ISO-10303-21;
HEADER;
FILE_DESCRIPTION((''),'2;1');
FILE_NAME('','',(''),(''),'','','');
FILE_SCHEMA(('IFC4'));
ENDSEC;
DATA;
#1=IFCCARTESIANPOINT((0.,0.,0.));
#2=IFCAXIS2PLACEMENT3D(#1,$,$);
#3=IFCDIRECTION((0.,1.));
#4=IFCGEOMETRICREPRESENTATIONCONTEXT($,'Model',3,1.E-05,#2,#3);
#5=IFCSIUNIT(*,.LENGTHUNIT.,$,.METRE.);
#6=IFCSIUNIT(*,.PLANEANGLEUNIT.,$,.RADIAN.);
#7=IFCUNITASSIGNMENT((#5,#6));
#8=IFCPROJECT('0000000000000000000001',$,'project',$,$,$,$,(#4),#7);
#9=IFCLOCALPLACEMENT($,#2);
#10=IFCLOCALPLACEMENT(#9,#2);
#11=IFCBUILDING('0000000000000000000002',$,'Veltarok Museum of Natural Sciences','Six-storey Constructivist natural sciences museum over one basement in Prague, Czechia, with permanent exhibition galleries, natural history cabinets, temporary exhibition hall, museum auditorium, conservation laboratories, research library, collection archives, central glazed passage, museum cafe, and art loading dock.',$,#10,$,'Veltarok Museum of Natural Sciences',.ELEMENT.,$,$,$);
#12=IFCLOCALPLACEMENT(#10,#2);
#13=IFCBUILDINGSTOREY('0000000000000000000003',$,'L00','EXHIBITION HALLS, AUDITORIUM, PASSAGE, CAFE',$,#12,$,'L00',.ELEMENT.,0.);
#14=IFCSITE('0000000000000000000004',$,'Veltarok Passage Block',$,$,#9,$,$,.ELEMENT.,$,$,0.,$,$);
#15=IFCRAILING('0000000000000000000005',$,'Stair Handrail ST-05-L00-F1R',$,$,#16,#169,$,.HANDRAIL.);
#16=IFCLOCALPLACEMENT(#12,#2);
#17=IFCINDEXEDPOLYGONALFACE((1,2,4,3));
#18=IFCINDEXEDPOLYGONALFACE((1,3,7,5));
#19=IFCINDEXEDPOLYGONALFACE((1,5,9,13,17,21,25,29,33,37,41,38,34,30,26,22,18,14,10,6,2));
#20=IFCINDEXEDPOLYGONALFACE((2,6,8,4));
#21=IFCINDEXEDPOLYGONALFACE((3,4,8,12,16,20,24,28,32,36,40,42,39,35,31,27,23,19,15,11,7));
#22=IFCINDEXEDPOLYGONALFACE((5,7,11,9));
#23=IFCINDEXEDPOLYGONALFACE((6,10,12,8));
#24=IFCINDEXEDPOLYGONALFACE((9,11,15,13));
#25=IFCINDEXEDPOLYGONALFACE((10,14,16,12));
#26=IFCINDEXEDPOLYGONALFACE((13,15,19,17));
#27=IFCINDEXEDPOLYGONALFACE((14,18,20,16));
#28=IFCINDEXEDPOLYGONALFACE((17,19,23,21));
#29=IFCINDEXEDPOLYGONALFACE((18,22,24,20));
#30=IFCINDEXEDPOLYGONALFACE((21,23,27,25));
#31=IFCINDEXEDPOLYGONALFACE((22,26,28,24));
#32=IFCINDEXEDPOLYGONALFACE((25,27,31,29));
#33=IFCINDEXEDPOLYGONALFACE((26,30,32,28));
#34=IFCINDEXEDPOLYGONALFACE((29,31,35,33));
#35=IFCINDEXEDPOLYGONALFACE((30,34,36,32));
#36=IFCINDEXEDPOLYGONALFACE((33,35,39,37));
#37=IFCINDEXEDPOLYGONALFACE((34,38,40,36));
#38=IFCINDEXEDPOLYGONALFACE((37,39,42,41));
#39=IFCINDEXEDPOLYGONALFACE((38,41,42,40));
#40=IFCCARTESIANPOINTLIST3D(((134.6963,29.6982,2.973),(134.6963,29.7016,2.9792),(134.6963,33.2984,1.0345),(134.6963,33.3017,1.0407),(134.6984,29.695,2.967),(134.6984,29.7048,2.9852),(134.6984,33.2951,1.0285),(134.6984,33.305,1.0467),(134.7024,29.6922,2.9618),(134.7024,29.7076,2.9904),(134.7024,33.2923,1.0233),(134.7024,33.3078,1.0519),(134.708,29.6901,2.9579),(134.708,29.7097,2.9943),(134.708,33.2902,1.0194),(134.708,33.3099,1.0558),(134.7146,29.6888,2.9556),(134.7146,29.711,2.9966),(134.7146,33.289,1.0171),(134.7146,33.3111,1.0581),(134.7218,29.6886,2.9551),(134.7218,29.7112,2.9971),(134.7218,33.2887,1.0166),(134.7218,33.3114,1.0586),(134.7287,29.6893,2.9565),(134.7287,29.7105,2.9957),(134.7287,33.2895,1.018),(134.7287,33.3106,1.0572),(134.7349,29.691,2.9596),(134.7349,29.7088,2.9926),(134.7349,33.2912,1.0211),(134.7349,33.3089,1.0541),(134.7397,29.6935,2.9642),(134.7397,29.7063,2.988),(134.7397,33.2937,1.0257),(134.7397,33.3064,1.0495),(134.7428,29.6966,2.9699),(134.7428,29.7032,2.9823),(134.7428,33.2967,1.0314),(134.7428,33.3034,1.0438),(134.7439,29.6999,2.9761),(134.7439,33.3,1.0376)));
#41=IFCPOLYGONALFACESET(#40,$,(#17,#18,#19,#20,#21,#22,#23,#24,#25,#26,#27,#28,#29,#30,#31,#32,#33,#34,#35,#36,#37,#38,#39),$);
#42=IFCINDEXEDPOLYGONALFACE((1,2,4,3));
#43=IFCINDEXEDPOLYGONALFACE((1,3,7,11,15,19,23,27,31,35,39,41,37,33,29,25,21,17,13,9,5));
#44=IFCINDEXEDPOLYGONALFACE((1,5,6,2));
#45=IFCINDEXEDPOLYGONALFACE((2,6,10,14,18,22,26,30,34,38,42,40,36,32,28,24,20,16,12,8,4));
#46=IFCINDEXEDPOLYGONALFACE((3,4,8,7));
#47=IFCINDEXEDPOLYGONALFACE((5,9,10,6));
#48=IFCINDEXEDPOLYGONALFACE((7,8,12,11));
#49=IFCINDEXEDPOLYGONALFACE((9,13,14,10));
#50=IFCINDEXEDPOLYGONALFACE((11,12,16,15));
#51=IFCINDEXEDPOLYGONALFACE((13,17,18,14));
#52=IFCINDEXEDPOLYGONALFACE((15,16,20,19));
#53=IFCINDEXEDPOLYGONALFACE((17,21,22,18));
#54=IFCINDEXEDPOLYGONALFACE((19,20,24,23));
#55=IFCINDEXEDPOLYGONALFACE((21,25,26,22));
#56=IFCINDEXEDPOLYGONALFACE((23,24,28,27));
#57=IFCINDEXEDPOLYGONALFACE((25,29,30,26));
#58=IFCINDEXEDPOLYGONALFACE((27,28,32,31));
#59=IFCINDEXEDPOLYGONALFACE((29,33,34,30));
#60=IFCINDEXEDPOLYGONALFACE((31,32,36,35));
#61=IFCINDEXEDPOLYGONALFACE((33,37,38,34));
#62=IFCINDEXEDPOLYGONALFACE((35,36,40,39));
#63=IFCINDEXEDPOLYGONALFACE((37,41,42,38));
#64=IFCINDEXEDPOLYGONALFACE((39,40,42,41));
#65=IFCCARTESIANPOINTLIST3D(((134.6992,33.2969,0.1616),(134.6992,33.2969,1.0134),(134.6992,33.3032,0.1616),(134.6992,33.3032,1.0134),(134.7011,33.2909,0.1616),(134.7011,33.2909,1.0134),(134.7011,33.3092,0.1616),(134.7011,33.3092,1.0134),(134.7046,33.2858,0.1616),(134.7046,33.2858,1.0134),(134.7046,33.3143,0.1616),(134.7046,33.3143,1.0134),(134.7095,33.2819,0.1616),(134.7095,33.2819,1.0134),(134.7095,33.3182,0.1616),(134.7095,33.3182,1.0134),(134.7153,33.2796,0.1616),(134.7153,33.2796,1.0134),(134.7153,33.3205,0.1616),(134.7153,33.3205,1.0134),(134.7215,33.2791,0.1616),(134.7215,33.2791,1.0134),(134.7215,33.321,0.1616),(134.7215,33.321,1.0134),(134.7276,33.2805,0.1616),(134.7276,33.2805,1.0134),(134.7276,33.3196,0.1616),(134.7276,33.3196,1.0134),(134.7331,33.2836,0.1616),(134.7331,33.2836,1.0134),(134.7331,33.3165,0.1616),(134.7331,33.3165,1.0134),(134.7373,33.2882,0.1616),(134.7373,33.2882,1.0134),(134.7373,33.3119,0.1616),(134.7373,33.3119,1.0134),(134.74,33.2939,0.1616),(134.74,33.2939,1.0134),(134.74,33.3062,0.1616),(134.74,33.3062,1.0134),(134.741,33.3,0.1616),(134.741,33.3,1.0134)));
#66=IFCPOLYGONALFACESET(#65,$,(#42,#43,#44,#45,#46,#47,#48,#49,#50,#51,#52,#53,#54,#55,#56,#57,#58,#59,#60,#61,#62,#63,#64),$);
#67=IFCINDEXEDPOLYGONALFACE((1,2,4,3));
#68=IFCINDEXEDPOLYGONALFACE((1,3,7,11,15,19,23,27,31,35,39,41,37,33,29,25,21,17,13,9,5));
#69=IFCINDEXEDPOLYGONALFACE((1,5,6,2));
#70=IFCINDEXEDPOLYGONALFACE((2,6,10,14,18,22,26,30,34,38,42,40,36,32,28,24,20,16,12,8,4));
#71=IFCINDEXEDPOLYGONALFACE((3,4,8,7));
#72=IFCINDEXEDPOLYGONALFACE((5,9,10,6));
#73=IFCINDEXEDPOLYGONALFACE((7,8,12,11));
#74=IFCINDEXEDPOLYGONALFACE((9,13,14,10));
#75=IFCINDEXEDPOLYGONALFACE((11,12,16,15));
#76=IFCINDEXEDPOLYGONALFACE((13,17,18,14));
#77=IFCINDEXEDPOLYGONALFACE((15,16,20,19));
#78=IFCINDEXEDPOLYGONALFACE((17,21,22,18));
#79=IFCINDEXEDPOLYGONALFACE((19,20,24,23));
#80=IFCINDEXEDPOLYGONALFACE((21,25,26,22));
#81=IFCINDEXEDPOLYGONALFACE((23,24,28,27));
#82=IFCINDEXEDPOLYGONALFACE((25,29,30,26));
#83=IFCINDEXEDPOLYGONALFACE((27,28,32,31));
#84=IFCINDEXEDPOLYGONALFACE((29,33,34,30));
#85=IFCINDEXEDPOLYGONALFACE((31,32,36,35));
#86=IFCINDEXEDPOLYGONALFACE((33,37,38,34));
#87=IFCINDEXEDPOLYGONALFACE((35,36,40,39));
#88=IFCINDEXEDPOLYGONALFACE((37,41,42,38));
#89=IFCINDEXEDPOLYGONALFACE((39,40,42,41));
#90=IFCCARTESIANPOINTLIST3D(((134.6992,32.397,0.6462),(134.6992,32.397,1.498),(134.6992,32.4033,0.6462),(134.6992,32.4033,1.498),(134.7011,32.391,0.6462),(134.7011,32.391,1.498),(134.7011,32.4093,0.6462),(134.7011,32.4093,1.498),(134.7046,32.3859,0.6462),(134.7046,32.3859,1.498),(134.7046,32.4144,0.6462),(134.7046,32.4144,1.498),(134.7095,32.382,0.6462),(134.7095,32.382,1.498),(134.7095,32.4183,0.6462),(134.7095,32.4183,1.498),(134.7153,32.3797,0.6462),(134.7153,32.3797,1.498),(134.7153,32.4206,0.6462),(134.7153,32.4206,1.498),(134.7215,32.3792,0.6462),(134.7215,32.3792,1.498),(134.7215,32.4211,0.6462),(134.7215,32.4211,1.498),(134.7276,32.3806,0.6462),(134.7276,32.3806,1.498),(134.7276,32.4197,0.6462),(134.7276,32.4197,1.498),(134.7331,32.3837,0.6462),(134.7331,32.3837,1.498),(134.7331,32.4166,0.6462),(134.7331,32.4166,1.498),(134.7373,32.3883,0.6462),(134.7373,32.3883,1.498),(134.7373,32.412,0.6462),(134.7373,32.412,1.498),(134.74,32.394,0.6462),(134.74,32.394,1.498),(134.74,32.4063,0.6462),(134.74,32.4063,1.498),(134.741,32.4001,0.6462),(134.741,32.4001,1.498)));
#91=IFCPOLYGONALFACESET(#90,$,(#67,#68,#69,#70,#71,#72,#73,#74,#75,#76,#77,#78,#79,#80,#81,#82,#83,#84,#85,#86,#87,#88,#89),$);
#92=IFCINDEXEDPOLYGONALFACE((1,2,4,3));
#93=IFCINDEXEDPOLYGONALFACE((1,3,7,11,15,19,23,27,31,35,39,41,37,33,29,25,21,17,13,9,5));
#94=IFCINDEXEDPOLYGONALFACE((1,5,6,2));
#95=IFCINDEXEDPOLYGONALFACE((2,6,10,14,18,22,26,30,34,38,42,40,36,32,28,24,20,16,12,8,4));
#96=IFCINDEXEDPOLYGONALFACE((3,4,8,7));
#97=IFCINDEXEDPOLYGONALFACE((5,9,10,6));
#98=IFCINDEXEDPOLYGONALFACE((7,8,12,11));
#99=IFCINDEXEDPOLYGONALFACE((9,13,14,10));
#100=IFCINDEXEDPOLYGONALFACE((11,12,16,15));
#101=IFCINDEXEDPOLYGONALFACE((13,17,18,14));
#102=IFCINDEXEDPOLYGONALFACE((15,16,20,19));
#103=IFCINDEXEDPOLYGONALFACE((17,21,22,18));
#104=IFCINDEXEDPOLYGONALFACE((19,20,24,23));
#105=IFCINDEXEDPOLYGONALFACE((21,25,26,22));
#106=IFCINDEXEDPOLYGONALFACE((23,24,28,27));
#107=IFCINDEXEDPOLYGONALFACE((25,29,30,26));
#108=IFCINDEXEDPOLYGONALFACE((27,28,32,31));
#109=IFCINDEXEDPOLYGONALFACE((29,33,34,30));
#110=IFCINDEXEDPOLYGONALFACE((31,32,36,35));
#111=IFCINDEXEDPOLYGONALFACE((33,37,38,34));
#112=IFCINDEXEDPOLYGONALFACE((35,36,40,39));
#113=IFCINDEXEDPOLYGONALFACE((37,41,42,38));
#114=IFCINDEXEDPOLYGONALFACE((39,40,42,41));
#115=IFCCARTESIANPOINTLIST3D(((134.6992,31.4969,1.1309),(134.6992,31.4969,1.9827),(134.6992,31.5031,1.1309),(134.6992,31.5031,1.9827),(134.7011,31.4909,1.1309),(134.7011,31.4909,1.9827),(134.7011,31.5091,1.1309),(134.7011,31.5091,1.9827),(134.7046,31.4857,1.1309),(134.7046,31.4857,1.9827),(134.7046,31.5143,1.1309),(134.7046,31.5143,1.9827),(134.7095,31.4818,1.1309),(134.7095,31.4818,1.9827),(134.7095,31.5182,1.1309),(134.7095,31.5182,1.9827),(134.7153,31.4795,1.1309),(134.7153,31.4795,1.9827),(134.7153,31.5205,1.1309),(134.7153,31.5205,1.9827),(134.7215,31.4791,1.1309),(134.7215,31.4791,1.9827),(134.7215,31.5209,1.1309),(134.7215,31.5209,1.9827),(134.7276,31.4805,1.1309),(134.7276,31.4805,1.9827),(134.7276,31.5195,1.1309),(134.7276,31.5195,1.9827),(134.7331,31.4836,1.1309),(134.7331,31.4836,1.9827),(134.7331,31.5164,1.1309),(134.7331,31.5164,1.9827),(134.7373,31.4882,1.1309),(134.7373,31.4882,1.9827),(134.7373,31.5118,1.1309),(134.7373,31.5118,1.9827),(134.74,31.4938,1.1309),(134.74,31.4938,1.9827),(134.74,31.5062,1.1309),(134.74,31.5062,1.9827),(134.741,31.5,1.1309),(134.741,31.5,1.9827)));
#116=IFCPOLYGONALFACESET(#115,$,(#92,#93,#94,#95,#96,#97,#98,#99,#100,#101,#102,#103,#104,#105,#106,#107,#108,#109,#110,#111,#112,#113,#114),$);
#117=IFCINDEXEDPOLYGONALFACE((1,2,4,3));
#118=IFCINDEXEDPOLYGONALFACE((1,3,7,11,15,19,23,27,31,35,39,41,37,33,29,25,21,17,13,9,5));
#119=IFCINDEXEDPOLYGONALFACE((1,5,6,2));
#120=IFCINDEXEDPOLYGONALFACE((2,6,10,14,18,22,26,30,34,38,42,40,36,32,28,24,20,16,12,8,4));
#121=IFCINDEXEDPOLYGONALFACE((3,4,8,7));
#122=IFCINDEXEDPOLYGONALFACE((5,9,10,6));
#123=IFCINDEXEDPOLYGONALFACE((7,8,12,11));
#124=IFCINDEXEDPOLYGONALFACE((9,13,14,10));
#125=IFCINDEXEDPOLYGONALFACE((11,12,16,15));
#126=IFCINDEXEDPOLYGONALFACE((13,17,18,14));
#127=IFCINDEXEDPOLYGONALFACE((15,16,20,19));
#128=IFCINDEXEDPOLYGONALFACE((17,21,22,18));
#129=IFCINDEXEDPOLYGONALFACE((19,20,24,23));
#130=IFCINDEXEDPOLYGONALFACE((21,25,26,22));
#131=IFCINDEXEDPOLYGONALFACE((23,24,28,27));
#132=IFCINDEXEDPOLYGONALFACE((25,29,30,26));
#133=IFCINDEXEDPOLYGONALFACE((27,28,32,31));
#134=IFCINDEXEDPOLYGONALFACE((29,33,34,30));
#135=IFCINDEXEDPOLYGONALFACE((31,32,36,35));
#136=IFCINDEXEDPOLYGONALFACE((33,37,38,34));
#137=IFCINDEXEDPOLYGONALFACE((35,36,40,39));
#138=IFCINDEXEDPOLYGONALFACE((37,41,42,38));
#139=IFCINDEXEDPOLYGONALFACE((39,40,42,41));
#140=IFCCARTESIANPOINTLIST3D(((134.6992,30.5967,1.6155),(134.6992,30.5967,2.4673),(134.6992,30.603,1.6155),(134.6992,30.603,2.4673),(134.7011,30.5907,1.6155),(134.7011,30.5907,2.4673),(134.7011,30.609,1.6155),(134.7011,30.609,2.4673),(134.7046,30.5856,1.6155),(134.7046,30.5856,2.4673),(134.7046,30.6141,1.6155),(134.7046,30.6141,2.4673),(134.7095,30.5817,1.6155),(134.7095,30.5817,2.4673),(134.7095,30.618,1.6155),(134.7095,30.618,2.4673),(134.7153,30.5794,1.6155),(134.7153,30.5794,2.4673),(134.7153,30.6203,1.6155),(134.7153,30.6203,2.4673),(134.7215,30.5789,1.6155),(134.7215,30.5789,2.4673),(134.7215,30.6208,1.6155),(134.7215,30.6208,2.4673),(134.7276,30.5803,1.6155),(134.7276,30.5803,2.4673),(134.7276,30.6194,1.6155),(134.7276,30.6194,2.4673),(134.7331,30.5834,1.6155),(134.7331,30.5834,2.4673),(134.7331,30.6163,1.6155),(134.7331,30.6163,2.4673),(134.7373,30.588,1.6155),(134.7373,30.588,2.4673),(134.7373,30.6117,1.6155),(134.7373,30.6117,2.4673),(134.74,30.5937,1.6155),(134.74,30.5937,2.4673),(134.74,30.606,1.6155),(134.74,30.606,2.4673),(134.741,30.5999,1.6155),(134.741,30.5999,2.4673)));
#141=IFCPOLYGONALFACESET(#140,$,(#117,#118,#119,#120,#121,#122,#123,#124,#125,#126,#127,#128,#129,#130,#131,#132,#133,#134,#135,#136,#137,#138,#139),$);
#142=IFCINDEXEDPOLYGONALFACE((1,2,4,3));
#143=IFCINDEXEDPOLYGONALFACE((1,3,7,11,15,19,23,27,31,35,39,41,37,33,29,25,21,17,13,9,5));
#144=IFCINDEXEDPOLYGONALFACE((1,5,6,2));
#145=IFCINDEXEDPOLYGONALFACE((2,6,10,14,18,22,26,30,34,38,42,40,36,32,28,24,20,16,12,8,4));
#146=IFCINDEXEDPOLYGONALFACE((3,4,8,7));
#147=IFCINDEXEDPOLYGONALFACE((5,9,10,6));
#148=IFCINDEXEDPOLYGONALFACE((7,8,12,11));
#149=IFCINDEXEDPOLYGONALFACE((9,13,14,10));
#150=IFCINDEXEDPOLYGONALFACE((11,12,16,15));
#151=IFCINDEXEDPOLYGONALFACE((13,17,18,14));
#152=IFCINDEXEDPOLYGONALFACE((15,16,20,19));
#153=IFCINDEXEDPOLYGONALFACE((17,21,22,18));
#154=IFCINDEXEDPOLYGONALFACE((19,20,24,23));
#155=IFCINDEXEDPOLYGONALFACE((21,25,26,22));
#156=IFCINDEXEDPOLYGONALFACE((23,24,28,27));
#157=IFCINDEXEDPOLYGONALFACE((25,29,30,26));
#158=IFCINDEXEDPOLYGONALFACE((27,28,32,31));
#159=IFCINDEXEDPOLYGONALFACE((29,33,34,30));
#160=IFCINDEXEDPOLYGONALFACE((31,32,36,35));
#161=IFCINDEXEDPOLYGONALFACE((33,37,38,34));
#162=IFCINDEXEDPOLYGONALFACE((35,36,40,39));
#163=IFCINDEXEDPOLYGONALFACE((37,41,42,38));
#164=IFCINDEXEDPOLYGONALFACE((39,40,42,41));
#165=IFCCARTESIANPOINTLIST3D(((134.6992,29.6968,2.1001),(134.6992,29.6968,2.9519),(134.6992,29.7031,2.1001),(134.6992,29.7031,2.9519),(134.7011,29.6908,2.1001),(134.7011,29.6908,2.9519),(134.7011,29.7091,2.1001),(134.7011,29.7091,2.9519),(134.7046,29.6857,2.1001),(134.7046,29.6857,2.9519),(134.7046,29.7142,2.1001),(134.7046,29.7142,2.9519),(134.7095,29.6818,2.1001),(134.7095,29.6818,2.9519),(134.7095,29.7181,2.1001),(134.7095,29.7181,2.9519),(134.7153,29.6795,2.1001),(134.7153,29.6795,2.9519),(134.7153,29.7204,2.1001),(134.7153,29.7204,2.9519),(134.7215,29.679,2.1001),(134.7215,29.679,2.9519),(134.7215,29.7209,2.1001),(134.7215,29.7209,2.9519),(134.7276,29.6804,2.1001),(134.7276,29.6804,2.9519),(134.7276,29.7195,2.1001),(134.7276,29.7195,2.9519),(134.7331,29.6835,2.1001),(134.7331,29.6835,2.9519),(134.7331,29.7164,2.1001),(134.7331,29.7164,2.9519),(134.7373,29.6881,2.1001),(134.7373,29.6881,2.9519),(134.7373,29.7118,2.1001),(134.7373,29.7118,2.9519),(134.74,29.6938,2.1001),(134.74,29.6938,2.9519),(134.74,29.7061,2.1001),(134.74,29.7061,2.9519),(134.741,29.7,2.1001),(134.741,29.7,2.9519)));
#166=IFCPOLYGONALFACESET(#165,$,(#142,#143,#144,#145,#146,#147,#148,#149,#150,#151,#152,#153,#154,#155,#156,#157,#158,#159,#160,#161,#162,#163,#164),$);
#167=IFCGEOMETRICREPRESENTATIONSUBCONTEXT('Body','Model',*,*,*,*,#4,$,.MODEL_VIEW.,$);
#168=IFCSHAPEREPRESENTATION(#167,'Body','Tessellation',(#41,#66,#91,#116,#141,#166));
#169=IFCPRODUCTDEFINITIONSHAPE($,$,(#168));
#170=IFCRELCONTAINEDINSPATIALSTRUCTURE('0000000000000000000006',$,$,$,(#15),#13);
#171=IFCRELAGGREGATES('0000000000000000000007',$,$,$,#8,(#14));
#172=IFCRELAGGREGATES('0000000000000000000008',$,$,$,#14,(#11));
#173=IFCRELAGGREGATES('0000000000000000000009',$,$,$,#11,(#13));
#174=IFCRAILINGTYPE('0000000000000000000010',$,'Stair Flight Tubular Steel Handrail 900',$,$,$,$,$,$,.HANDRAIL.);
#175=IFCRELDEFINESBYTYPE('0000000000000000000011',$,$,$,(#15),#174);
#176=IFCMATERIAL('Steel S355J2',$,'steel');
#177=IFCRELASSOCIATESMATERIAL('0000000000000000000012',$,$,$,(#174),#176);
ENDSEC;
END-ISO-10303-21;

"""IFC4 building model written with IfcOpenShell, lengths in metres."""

from ifc_helpers import new_model, si_unit, direction, frame, origin, origin_2d, place, context, subcontext, project, spatial, circle, extrude, material, type_object, element, save


model = new_model("IFC4")

# Units and contexts
model_context = context("Model", 3, precision=1e-05, world=origin(), true_north=direction((0.0, 1.0)))
body_context = subcontext(model_context, "Body", "Model", "MODEL_VIEW")
ifc_project = project(units=[si_unit("LENGTHUNIT", "METRE"), si_unit("PLANEANGLEUNIT", "RADIAN")], contexts=[model_context])

# Site, building, storey
site_placement = place(None, origin())
site = spatial("IfcSite", under=ifc_project, at=site_placement, Name="Veltarok Passage Block", CompositionType="ELEMENT", RefElevation=0.0)
building_placement = place(site_placement, origin())
building = spatial("IfcBuilding", under=site, at=building_placement, Name="Veltarok Museum of Natural Sciences", Description="Six-storey Constructivist natural sciences museum over one basement in Prague, Czechia, with permanent exhibition galleries, natural history cabinets, temporary exhibition hall, museum auditorium, conservation laboratories, research library, collection archives, central glazed passage, museum cafe, and art loading dock.", LongName="Veltarok Museum of Natural Sciences", CompositionType="ELEMENT")
storey_placement = place(building_placement, origin())
storey = spatial("IfcBuildingStorey", under=building, at=storey_placement, Name="L00", Description="EXHIBITION HALLS, AUDITORIUM, PASSAGE, CAFE", LongName="L00", CompositionType="ELEMENT", Elevation=0.0)

# Shared definitions
ifc_material_1 = material(Name="Steel S355J2", Category="steel")

# Railing
railing_type_1 = type_object("IfcRailingType", Name="Stair Flight Tubular Steel Handrail 900", PredefinedType="HANDRAIL", material=ifc_material_1)
for number, where, name in (
    (1, (134.72, 33.3, 0.1616), "Stair Handrail ST-05-L00-F1R"),
):
    element("IfcRailing", number, at=place(storey_placement, frame(where)), inside=storey, type_object=railing_type_1, Name=name, PredefinedType="HANDRAIL", context=body_context, shape_type="SweptSolid", body=[
        extrude(circle(Radius=0.0239, at=origin_2d()), frame((0.0, 0.0, 0.876), z_axis=(0.0, -0.880475, 0.474093), x_axis=(1.0, 0.0, 0.0)), (0.0, 0.0, 1.0), 4.0889),
        extrude(circle(Radius=0.021, at=origin_2d()), origin(), (0.0, 0.0, 1.0), 0.8518),
        extrude(circle(Radius=0.021, at=origin_2d()), frame((0.0, -0.8999, 0.4846)), (0.0, 0.0, 1.0), 0.8518),
        extrude(circle(Radius=0.021, at=origin_2d()), frame((0.0, -1.8, 0.9692)), (0.0, 0.0, 1.0), 0.8518),
        extrude(circle(Radius=0.021, at=origin_2d()), frame((0.0, -2.7002, 1.4539)), (0.0, 0.0, 1.0), 0.8518),
        extrude(circle(Radius=0.021, at=origin_2d()), frame((0.0, -3.6001, 1.9385)), (0.0, 0.0, 1.0), 0.8518),
    ])

save(model, "model.ifc")
